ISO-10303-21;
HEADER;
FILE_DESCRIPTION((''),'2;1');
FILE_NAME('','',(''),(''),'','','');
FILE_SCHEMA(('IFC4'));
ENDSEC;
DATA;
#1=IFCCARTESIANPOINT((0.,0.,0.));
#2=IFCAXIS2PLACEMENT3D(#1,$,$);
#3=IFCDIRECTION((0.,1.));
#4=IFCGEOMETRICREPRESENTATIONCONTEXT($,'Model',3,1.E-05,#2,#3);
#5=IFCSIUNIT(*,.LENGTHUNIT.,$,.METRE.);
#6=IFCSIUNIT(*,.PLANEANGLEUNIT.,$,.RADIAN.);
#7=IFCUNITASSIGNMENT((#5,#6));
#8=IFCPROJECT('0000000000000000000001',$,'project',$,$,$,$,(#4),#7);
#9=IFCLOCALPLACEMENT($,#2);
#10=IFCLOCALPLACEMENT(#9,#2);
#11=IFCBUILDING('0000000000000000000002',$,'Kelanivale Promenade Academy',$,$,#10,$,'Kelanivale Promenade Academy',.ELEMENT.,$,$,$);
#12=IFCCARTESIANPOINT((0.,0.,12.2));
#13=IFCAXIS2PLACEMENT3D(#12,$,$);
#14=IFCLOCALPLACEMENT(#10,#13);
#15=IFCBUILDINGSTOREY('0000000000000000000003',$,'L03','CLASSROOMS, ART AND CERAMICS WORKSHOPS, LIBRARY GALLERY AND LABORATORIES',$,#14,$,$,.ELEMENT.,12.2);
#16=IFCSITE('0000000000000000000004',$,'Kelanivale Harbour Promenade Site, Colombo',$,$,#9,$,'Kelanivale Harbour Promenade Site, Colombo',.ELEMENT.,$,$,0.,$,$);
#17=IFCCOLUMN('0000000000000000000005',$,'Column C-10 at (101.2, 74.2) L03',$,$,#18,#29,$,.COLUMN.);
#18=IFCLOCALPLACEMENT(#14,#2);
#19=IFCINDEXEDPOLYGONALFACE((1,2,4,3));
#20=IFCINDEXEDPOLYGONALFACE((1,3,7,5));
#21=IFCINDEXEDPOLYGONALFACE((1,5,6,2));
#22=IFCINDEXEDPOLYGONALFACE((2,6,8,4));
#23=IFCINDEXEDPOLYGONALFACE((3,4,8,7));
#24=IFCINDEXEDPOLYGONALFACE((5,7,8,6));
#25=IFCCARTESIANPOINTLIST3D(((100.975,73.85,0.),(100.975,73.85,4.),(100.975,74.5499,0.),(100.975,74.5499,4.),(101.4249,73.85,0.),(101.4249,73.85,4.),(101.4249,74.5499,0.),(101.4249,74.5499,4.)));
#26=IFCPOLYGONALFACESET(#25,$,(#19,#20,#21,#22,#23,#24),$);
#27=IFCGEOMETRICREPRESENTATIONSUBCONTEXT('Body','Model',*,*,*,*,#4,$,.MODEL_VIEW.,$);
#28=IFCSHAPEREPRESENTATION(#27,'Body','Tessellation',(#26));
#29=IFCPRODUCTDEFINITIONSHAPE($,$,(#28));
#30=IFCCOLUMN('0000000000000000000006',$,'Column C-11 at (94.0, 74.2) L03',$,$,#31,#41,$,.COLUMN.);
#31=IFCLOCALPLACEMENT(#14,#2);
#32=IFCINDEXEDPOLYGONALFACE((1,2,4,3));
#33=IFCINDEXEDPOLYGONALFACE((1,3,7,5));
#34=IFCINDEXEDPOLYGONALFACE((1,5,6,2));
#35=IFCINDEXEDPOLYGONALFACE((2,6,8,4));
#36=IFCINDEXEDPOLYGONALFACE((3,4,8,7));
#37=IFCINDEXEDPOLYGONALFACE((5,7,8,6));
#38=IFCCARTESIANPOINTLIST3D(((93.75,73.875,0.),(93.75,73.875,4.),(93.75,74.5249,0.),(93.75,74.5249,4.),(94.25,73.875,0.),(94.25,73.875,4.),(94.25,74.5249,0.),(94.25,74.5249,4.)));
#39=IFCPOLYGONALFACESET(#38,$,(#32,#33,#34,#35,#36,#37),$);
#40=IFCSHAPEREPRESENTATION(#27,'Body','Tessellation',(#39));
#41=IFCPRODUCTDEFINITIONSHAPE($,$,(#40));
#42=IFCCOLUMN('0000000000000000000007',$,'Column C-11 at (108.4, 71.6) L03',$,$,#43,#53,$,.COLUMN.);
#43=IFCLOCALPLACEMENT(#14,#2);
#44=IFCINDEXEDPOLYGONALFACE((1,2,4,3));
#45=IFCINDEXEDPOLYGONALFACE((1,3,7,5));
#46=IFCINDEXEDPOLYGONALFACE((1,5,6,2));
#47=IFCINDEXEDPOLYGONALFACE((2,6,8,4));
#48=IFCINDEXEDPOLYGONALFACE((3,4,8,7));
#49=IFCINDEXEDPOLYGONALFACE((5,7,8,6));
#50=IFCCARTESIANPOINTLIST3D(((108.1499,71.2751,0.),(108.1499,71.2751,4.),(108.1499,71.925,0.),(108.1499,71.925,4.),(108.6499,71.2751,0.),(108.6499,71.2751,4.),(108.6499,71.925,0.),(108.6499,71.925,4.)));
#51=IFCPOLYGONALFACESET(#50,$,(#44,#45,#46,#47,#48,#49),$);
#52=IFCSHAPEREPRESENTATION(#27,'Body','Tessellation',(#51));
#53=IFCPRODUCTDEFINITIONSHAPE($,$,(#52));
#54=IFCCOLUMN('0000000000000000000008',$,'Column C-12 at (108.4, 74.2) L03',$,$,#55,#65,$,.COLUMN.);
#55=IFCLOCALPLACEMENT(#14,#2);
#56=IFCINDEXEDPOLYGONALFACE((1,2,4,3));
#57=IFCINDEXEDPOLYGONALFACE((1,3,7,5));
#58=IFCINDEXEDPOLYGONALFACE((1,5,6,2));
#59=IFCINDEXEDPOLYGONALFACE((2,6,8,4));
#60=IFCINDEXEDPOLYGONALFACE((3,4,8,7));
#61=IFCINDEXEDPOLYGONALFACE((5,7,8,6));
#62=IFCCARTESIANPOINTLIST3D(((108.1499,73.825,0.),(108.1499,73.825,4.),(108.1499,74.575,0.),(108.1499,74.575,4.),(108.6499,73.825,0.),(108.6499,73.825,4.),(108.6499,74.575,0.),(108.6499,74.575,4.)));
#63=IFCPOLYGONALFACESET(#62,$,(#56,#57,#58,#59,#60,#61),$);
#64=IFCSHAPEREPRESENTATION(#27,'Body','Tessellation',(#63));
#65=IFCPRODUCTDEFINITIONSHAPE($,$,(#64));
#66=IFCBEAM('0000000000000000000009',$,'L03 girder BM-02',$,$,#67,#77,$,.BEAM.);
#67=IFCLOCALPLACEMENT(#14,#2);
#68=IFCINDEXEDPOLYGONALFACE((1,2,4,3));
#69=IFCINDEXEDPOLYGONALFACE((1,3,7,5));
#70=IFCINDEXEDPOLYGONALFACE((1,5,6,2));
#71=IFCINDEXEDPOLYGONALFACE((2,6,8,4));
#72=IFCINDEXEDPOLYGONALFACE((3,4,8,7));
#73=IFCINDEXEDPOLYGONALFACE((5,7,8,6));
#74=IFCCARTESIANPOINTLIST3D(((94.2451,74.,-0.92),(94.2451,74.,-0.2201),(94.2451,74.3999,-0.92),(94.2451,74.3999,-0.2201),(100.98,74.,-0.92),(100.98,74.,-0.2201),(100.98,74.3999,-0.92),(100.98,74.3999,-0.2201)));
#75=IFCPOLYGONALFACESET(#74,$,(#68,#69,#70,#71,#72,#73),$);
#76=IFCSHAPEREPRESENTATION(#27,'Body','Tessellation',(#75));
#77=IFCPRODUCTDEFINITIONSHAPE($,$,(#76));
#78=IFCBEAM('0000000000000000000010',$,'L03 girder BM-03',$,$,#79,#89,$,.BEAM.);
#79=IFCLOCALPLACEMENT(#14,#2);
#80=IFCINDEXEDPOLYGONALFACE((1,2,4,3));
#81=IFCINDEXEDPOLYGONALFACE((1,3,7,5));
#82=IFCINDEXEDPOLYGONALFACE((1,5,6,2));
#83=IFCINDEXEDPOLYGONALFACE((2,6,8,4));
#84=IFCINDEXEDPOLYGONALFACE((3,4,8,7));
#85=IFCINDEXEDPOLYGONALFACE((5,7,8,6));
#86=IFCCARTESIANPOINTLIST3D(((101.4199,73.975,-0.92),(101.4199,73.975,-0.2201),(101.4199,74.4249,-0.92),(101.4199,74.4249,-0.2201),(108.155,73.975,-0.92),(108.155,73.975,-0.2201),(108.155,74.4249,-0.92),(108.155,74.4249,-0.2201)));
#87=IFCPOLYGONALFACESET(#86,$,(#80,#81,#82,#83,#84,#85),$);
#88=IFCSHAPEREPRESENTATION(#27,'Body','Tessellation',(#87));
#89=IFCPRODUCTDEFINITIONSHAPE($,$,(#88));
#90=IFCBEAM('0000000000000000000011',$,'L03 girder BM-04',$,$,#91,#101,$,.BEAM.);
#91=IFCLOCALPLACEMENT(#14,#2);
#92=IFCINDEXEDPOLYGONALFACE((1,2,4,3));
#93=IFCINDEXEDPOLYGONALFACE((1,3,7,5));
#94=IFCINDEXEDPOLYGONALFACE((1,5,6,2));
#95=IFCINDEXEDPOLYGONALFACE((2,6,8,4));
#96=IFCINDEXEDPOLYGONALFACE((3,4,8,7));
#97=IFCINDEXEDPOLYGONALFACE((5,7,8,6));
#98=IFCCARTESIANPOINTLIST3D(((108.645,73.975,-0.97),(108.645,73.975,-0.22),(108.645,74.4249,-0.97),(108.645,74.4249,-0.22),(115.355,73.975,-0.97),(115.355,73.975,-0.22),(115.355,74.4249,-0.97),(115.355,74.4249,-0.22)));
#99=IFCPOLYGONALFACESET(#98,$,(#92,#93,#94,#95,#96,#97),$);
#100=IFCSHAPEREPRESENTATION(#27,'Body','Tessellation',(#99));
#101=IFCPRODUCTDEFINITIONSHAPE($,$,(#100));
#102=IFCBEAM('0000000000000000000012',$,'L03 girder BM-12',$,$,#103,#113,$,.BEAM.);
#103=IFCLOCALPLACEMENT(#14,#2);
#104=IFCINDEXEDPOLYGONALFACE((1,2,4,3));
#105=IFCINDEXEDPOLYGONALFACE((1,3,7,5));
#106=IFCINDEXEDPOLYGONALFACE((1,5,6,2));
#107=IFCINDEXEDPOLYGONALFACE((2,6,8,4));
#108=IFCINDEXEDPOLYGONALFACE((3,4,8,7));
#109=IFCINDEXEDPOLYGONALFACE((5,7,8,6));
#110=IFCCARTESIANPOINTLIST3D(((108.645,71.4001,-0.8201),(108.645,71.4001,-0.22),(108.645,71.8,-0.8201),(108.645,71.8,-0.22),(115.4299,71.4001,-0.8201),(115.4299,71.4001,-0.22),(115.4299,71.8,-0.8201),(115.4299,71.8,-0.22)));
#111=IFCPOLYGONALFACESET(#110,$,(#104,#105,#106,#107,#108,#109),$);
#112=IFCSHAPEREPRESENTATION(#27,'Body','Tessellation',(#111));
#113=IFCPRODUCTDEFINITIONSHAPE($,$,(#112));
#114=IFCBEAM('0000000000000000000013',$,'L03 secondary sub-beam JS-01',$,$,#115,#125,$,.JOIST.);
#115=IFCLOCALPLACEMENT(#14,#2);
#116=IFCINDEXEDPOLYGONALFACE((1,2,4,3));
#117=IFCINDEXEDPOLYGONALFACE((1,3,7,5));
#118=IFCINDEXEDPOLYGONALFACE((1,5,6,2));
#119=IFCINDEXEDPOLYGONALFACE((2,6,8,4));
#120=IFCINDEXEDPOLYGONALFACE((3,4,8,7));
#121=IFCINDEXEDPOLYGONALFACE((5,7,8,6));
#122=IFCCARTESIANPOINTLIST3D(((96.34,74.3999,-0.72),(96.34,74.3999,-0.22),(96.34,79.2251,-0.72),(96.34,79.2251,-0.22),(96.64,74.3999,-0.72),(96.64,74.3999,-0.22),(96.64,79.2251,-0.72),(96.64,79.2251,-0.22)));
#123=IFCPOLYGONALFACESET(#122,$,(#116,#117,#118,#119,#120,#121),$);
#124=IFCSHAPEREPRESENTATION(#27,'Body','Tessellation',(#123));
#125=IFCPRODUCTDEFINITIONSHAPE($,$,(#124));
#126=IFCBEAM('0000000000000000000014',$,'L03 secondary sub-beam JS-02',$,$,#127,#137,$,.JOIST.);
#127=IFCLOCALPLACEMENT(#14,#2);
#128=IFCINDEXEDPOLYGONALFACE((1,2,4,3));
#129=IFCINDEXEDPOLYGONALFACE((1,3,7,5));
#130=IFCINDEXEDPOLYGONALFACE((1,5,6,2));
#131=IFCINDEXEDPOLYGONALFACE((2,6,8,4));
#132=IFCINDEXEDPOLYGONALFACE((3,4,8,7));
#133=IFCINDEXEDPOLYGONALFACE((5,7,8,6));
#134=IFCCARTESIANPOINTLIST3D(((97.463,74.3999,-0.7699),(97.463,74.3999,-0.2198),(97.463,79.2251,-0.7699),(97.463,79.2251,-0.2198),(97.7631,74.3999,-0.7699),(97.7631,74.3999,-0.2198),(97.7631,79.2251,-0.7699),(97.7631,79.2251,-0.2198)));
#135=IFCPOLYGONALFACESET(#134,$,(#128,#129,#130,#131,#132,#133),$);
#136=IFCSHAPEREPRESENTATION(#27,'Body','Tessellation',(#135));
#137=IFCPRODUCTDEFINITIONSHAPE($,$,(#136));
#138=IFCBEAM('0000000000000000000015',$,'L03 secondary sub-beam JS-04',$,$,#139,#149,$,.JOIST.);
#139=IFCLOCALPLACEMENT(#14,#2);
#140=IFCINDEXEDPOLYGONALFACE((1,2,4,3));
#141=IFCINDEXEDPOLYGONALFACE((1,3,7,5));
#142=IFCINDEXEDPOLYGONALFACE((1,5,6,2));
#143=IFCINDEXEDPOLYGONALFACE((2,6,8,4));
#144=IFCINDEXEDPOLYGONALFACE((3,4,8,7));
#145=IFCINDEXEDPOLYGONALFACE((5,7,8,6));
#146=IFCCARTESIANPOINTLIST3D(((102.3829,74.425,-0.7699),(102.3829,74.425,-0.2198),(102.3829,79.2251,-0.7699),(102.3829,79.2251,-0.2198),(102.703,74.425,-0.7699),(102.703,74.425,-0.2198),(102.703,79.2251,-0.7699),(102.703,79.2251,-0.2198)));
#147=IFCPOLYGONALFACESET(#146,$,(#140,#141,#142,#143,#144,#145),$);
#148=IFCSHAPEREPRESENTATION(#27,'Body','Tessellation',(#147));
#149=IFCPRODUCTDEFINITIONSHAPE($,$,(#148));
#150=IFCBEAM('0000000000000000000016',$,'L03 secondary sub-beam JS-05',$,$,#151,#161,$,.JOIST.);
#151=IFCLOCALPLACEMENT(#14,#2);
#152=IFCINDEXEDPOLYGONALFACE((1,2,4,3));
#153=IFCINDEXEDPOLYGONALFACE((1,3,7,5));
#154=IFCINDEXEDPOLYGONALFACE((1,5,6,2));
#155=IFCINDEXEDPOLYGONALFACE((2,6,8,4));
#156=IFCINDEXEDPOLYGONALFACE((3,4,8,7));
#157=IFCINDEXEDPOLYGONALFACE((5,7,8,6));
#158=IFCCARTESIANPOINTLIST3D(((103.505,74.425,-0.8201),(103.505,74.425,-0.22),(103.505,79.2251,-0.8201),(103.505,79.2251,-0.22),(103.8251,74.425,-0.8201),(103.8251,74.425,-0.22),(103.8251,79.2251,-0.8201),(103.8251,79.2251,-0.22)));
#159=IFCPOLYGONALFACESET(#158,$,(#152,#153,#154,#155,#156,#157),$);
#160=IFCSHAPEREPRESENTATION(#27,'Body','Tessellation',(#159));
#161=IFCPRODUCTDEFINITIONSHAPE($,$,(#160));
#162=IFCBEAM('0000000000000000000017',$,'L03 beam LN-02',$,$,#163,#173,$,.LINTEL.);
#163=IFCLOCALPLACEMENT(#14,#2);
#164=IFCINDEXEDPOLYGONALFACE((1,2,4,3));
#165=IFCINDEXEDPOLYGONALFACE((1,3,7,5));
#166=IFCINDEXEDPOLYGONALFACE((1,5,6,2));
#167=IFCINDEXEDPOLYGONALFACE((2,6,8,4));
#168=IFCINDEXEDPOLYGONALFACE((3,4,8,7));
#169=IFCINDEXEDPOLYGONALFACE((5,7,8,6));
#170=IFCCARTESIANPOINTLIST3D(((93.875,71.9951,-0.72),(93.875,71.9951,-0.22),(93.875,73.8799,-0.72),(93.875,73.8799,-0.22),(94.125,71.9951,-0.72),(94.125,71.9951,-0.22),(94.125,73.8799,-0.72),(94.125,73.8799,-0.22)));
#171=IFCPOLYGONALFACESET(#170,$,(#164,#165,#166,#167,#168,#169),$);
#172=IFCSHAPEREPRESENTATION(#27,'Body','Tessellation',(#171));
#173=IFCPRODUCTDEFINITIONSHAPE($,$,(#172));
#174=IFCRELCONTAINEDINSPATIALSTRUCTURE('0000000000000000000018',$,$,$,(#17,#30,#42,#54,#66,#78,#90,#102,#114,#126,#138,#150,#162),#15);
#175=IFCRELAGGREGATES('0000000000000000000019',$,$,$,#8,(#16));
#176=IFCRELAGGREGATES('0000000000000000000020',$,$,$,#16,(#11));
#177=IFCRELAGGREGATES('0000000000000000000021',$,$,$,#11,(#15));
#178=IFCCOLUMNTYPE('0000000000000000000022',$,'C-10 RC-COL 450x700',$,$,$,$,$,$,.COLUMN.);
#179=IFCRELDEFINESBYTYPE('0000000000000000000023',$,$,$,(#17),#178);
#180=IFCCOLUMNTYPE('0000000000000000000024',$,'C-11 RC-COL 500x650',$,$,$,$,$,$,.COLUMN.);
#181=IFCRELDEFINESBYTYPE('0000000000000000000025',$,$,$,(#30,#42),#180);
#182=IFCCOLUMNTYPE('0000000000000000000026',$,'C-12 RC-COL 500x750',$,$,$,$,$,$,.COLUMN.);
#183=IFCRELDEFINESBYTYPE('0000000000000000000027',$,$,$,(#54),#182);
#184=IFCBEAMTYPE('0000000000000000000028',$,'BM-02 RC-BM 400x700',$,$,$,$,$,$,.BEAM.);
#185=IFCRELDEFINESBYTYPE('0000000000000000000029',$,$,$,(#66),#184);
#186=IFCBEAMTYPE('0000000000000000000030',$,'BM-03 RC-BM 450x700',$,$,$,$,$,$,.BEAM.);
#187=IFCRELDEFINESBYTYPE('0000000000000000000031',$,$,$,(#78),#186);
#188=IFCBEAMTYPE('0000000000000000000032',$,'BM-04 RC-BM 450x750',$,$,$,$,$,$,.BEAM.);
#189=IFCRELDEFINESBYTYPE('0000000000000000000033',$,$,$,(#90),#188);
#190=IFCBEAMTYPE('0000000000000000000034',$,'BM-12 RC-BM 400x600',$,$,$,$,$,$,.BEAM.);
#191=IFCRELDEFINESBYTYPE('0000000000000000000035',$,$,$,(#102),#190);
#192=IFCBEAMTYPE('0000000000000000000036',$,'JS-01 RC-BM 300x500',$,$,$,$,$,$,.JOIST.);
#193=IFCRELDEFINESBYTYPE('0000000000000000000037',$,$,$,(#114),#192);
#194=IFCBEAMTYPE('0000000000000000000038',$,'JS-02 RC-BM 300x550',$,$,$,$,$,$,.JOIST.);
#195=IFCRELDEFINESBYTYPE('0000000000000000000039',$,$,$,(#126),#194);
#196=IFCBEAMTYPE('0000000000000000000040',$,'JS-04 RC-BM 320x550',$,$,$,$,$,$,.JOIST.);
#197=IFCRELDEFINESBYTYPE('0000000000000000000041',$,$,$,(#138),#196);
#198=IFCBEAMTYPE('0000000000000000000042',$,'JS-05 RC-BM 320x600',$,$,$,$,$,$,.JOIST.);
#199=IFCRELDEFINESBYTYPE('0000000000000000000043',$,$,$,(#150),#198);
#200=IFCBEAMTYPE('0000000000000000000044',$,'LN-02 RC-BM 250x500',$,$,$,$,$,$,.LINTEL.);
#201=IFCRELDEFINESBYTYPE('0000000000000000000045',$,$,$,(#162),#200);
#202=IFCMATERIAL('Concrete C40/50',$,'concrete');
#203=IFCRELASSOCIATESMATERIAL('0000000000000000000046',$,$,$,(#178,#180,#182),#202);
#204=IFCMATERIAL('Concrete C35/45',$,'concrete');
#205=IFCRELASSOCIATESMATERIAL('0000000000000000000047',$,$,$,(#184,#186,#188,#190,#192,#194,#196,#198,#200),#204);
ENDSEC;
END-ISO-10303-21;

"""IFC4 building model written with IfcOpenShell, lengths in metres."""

from ifc_helpers import new_model, si_unit, direction, frame, origin, origin_2d, place, context, subcontext, project, spatial, rectangle, extrude, material, material_profile, profile_set, type_object, element, save


model = new_model("IFC4")

# Units and contexts
model_context = context("Model", 3, precision=1e-05, world=origin(), true_north=direction((0.0, 1.0)))
body_context = subcontext(model_context, "Body", "Model", "MODEL_VIEW")
ifc_project = project(units=[si_unit("LENGTHUNIT", "METRE"), si_unit("PLANEANGLEUNIT", "RADIAN")], contexts=[model_context])

# Site, building, storey
site_placement = place(None, origin())
site = spatial("IfcSite", under=ifc_project, at=site_placement, Name="Kelanivale Harbour Promenade Site, Colombo", LongName="Kelanivale Harbour Promenade Site, Colombo", CompositionType="ELEMENT", RefElevation=0.0)
building_placement = place(site_placement, origin())
building = spatial("IfcBuilding", under=site, at=building_placement, Name="Kelanivale Promenade Academy", LongName="Kelanivale Promenade Academy", CompositionType="ELEMENT")
storey_placement = place(building_placement, frame((0.0, 0.0, 12.2)))
storey = spatial("IfcBuildingStorey", under=building, at=storey_placement, Name="L03", Description="CLASSROOMS, ART AND CERAMICS WORKSHOPS, LIBRARY GALLERY AND LABORATORIES", CompositionType="ELEMENT", Elevation=12.2)

# Columns
ifc_material_1 = material(Name="Concrete C40/50", Category="concrete")
ifc_material_profile_1 = material_profile(ifc_material_1, rectangle(XDim=0.45, YDim=0.7, at=origin_2d()), Name="RC-COL 450x700")
ifc_profile_set_1 = profile_set([ifc_material_profile_1], Name="Concrete C40/50")
column_type_1 = type_object("IfcColumnType", Name="C-10 RC-COL 450x700", PredefinedType="COLUMN", material=ifc_profile_set_1)
column_1_placement = place(storey_placement, frame((101.2, 74.2, 0.0), z_axis=(0.0, 0.0, 1.0), x_axis=(1.0, 0.0, 0.0)))
element("IfcColumn", 1, at=column_1_placement, inside=storey, type_object=column_type_1, Name="Column C-10 at (101.2, 74.2) L03", PredefinedType="COLUMN", context=body_context, shape_type="SweptSolid", body=[
    extrude(rectangle(XDim=0.45, YDim=0.7, at=origin_2d()), origin(), (0.0, 0.0, 1.0), 4.0),
])
ifc_material_profile_2 = material_profile(ifc_material_1, rectangle(XDim=0.5, YDim=0.6499, at=origin_2d()), Name="RC-COL 500x650")
ifc_profile_set_2 = profile_set([ifc_material_profile_2], Name="Concrete C40/50")
column_type_2 = type_object("IfcColumnType", Name="C-11 RC-COL 500x650", PredefinedType="COLUMN", material=ifc_profile_set_2)
for number, where, z_axis, x_axis, name in (
    (2, (94.0, 74.2, 0.0), (0.0, 0.0, 1.0), (1.0, 0.0, 0.0), "Column C-11 at (94.0, 74.2) L03"),
    (3, (108.3999, 71.6001, 0.0), (0.0, 0.0, 1.0), (1.0, 0.0, 0.0), "Column C-11 at (108.4, 71.6) L03"),
):
    element("IfcColumn", number, at=place(storey_placement, frame(where, z_axis=z_axis, x_axis=x_axis)), inside=storey, type_object=column_type_2, Name=name, PredefinedType="COLUMN", context=body_context, shape_type="SweptSolid", body=[
        extrude(rectangle(XDim=0.5, YDim=0.6499, at=origin_2d()), origin(), (0.0, 0.0, 1.0), 4.0),
    ])
ifc_material_profile_3 = material_profile(ifc_material_1, rectangle(XDim=0.5, YDim=0.75, at=origin_2d()), Name="RC-COL 500x750")
ifc_profile_set_3 = profile_set([ifc_material_profile_3], Name="Concrete C40/50")
column_type_3 = type_object("IfcColumnType", Name="C-12 RC-COL 500x750", PredefinedType="COLUMN", material=ifc_profile_set_3)
column_2_placement = place(storey_placement, frame((108.3999, 74.2, 0.0), z_axis=(0.0, 0.0, 1.0), x_axis=(1.0, 0.0, 0.0)))
element("IfcColumn", 4, at=column_2_placement, inside=storey, type_object=column_type_3, Name="Column C-12 at (108.4, 74.2) L03", PredefinedType="COLUMN", context=body_context, shape_type="SweptSolid", body=[
    extrude(rectangle(XDim=0.5, YDim=0.75, at=origin_2d()), origin(), (0.0, 0.0, 1.0), 4.0),
])

# Beams
ifc_material_2 = material(Name="Concrete C35/45", Category="concrete")
ifc_material_profile_4 = material_profile(ifc_material_2, rectangle(XDim=0.3999, YDim=0.7, at=origin_2d()), Name="RC-BM 400x700")
ifc_profile_set_4 = profile_set([ifc_material_profile_4], Name="Concrete C35/45")
beam_type_1 = type_object("IfcBeamType", Name="BM-02 RC-BM 400x700", PredefinedType="BEAM", material=ifc_profile_set_4)
beam_1_placement = place(storey_placement, frame((94.2451, 74.2, -0.5701), z_axis=(1.0, 0.0, 0.0), x_axis=(0.0, 1.0, 0.0)))
element("IfcBeam", 5, at=beam_1_placement, inside=storey, type_object=beam_type_1, Name="L03 girder BM-02", PredefinedType="BEAM", context=body_context, shape_type="SweptSolid", body=[
    extrude(rectangle(XDim=0.3999, YDim=0.7, at=origin_2d()), origin(), (0.0, 0.0, 1.0), 6.7349),
])
ifc_material_profile_5 = material_profile(ifc_material_2, rectangle(XDim=0.45, YDim=0.7, at=origin_2d()), Name="RC-BM 450x700")
ifc_profile_set_5 = profile_set([ifc_material_profile_5], Name="Concrete C35/45")
beam_type_2 = type_object("IfcBeamType", Name="BM-03 RC-BM 450x700", PredefinedType="BEAM", material=ifc_profile_set_5)
beam_2_placement = place(storey_placement, frame((101.4199, 74.2, -0.5701), z_axis=(1.0, 0.0, 0.0), x_axis=(0.0, 1.0, 0.0)))
element("IfcBeam", 6, at=beam_2_placement, inside=storey, type_object=beam_type_2, Name="L03 girder BM-03", PredefinedType="BEAM", context=body_context, shape_type="SweptSolid", body=[
    extrude(rectangle(XDim=0.45, YDim=0.7, at=origin_2d()), origin(), (0.0, 0.0, 1.0), 6.7351),
])
ifc_material_profile_6 = material_profile(ifc_material_2, rectangle(XDim=0.45, YDim=0.75, at=origin_2d()), Name="RC-BM 450x750")
ifc_profile_set_6 = profile_set([ifc_material_profile_6], Name="Concrete C35/45")
beam_type_3 = type_object("IfcBeamType", Name="BM-04 RC-BM 450x750", PredefinedType="BEAM", material=ifc_profile_set_6)
beam_3_placement = place(storey_placement, frame((108.645, 74.2, -0.595), z_axis=(1.0, 0.0, 0.0), x_axis=(0.0, 1.0, 0.0)))
element("IfcBeam", 7, at=beam_3_placement, inside=storey, type_object=beam_type_3, Name="L03 girder BM-04", PredefinedType="BEAM", context=body_context, shape_type="SweptSolid", body=[
    extrude(rectangle(XDim=0.45, YDim=0.75, at=origin_2d()), origin(), (0.0, 0.0, 1.0), 6.71),
])
ifc_material_profile_7 = material_profile(ifc_material_2, rectangle(XDim=0.3999, YDim=0.6001, at=origin_2d()), Name="RC-BM 400x600")
ifc_profile_set_7 = profile_set([ifc_material_profile_7], Name="Concrete C35/45")
beam_type_4 = type_object("IfcBeamType", Name="BM-12 RC-BM 400x600", PredefinedType="BEAM", material=ifc_profile_set_7)
beam_4_placement = place(storey_placement, frame((108.645, 71.6001, -0.52), z_axis=(1.0, 0.0, 0.0), x_axis=(0.0, 1.0, 0.0)))
element("IfcBeam", 8, at=beam_4_placement, inside=storey, type_object=beam_type_4, Name="L03 girder BM-12", PredefinedType="BEAM", context=body_context, shape_type="SweptSolid", body=[
    extrude(rectangle(XDim=0.3999, YDim=0.6001, at=origin_2d()), origin(), (0.0, 0.0, 1.0), 6.7849),
])
ifc_material_profile_8 = material_profile(ifc_material_2, rectangle(XDim=0.3, YDim=0.5, at=origin_2d()), Name="RC-BM 300x500")
ifc_profile_set_8 = profile_set([ifc_material_profile_8], Name="Concrete C35/45")
beam_type_5 = type_object("IfcBeamType", Name="JS-01 RC-BM 300x500", PredefinedType="JOIST", material=ifc_profile_set_8)
beam_5_placement = place(storey_placement, frame((96.49, 74.3999, -0.47), z_axis=(0.0, 1.0, 0.0), x_axis=(-1.0, 0.0, 0.0)))
element("IfcBeam", 9, at=beam_5_placement, inside=storey, type_object=beam_type_5, Name="L03 secondary sub-beam JS-01", PredefinedType="JOIST", context=body_context, shape_type="SweptSolid", body=[
    extrude(rectangle(XDim=0.3, YDim=0.5, at=origin_2d()), origin(), (0.0, 0.0, 1.0), 4.8252),
])
ifc_material_profile_9 = material_profile(ifc_material_2, rectangle(XDim=0.3, YDim=0.55, at=origin_2d()), Name="RC-BM 300x550")
ifc_profile_set_9 = profile_set([ifc_material_profile_9], Name="Concrete C35/45")
beam_type_6 = type_object("IfcBeamType", Name="JS-02 RC-BM 300x550", PredefinedType="JOIST", material=ifc_profile_set_9)
beam_6_placement = place(storey_placement, frame((97.613, 74.3999, -0.4949), z_axis=(0.0, 1.0, 0.0), x_axis=(-1.0, 0.0, 0.0)))
element("IfcBeam", 10, at=beam_6_placement, inside=storey, type_object=beam_type_6, Name="L03 secondary sub-beam JS-02", PredefinedType="JOIST", context=body_context, shape_type="SweptSolid", body=[
    extrude(rectangle(XDim=0.3, YDim=0.55, at=origin_2d()), origin(), (0.0, 0.0, 1.0), 4.8252),
])
ifc_material_profile_10 = material_profile(ifc_material_2, rectangle(XDim=0.3201, YDim=0.55, at=origin_2d()), Name="RC-BM 320x550")
ifc_profile_set_10 = profile_set([ifc_material_profile_10], Name="Concrete C35/45")
beam_type_7 = type_object("IfcBeamType", Name="JS-04 RC-BM 320x550", PredefinedType="JOIST", material=ifc_profile_set_10)
beam_7_placement = place(storey_placement, frame((102.543, 74.425, -0.4949), z_axis=(0.0, 1.0, 0.0), x_axis=(-1.0, 0.0, 0.0)))
element("IfcBeam", 11, at=beam_7_placement, inside=storey, type_object=beam_type_7, Name="L03 secondary sub-beam JS-04", PredefinedType="JOIST", context=body_context, shape_type="SweptSolid", body=[
    extrude(rectangle(XDim=0.3201, YDim=0.55, at=origin_2d()), origin(), (0.0, 0.0, 1.0), 4.8),
])
ifc_material_profile_11 = material_profile(ifc_material_2, rectangle(XDim=0.3201, YDim=0.6001, at=origin_2d()), Name="RC-BM 320x600")
ifc_profile_set_11 = profile_set([ifc_material_profile_11], Name="Concrete C35/45")
beam_type_8 = type_object("IfcBeamType", Name="JS-05 RC-BM 320x600", PredefinedType="JOIST", material=ifc_profile_set_11)
beam_8_placement = place(storey_placement, frame((103.665, 74.425, -0.52), z_axis=(0.0, 1.0, 0.0), x_axis=(-1.0, 0.0, 0.0)))
element("IfcBeam", 12, at=beam_8_placement, inside=storey, type_object=beam_type_8, Name="L03 secondary sub-beam JS-05", PredefinedType="JOIST", context=body_context, shape_type="SweptSolid", body=[
    extrude(rectangle(XDim=0.3201, YDim=0.6001, at=origin_2d()), origin(), (0.0, 0.0, 1.0), 4.8),
])
ifc_material_profile_12 = material_profile(ifc_material_2, rectangle(XDim=0.25, YDim=0.5, at=origin_2d()), Name="RC-BM 250x500")
ifc_profile_set_12 = profile_set([ifc_material_profile_12], Name="Concrete C35/45")
beam_type_9 = type_object("IfcBeamType", Name="LN-02 RC-BM 250x500", PredefinedType="LINTEL", material=ifc_profile_set_12)
beam_9_placement = place(storey_placement, frame((94.0, 71.9951, -0.47), z_axis=(0.0, 1.0, 0.0), x_axis=(-1.0, 0.0, 0.0)))
element("IfcBeam", 13, at=beam_9_placement, inside=storey, type_object=beam_type_9, Name="L03 beam LN-02", PredefinedType="LINTEL", context=body_context, shape_type="SweptSolid", body=[
    extrude(rectangle(XDim=0.25, YDim=0.5, at=origin_2d()), origin(), (0.0, 0.0, 1.0), 1.8848),
])

save(model, "model.ifc")
